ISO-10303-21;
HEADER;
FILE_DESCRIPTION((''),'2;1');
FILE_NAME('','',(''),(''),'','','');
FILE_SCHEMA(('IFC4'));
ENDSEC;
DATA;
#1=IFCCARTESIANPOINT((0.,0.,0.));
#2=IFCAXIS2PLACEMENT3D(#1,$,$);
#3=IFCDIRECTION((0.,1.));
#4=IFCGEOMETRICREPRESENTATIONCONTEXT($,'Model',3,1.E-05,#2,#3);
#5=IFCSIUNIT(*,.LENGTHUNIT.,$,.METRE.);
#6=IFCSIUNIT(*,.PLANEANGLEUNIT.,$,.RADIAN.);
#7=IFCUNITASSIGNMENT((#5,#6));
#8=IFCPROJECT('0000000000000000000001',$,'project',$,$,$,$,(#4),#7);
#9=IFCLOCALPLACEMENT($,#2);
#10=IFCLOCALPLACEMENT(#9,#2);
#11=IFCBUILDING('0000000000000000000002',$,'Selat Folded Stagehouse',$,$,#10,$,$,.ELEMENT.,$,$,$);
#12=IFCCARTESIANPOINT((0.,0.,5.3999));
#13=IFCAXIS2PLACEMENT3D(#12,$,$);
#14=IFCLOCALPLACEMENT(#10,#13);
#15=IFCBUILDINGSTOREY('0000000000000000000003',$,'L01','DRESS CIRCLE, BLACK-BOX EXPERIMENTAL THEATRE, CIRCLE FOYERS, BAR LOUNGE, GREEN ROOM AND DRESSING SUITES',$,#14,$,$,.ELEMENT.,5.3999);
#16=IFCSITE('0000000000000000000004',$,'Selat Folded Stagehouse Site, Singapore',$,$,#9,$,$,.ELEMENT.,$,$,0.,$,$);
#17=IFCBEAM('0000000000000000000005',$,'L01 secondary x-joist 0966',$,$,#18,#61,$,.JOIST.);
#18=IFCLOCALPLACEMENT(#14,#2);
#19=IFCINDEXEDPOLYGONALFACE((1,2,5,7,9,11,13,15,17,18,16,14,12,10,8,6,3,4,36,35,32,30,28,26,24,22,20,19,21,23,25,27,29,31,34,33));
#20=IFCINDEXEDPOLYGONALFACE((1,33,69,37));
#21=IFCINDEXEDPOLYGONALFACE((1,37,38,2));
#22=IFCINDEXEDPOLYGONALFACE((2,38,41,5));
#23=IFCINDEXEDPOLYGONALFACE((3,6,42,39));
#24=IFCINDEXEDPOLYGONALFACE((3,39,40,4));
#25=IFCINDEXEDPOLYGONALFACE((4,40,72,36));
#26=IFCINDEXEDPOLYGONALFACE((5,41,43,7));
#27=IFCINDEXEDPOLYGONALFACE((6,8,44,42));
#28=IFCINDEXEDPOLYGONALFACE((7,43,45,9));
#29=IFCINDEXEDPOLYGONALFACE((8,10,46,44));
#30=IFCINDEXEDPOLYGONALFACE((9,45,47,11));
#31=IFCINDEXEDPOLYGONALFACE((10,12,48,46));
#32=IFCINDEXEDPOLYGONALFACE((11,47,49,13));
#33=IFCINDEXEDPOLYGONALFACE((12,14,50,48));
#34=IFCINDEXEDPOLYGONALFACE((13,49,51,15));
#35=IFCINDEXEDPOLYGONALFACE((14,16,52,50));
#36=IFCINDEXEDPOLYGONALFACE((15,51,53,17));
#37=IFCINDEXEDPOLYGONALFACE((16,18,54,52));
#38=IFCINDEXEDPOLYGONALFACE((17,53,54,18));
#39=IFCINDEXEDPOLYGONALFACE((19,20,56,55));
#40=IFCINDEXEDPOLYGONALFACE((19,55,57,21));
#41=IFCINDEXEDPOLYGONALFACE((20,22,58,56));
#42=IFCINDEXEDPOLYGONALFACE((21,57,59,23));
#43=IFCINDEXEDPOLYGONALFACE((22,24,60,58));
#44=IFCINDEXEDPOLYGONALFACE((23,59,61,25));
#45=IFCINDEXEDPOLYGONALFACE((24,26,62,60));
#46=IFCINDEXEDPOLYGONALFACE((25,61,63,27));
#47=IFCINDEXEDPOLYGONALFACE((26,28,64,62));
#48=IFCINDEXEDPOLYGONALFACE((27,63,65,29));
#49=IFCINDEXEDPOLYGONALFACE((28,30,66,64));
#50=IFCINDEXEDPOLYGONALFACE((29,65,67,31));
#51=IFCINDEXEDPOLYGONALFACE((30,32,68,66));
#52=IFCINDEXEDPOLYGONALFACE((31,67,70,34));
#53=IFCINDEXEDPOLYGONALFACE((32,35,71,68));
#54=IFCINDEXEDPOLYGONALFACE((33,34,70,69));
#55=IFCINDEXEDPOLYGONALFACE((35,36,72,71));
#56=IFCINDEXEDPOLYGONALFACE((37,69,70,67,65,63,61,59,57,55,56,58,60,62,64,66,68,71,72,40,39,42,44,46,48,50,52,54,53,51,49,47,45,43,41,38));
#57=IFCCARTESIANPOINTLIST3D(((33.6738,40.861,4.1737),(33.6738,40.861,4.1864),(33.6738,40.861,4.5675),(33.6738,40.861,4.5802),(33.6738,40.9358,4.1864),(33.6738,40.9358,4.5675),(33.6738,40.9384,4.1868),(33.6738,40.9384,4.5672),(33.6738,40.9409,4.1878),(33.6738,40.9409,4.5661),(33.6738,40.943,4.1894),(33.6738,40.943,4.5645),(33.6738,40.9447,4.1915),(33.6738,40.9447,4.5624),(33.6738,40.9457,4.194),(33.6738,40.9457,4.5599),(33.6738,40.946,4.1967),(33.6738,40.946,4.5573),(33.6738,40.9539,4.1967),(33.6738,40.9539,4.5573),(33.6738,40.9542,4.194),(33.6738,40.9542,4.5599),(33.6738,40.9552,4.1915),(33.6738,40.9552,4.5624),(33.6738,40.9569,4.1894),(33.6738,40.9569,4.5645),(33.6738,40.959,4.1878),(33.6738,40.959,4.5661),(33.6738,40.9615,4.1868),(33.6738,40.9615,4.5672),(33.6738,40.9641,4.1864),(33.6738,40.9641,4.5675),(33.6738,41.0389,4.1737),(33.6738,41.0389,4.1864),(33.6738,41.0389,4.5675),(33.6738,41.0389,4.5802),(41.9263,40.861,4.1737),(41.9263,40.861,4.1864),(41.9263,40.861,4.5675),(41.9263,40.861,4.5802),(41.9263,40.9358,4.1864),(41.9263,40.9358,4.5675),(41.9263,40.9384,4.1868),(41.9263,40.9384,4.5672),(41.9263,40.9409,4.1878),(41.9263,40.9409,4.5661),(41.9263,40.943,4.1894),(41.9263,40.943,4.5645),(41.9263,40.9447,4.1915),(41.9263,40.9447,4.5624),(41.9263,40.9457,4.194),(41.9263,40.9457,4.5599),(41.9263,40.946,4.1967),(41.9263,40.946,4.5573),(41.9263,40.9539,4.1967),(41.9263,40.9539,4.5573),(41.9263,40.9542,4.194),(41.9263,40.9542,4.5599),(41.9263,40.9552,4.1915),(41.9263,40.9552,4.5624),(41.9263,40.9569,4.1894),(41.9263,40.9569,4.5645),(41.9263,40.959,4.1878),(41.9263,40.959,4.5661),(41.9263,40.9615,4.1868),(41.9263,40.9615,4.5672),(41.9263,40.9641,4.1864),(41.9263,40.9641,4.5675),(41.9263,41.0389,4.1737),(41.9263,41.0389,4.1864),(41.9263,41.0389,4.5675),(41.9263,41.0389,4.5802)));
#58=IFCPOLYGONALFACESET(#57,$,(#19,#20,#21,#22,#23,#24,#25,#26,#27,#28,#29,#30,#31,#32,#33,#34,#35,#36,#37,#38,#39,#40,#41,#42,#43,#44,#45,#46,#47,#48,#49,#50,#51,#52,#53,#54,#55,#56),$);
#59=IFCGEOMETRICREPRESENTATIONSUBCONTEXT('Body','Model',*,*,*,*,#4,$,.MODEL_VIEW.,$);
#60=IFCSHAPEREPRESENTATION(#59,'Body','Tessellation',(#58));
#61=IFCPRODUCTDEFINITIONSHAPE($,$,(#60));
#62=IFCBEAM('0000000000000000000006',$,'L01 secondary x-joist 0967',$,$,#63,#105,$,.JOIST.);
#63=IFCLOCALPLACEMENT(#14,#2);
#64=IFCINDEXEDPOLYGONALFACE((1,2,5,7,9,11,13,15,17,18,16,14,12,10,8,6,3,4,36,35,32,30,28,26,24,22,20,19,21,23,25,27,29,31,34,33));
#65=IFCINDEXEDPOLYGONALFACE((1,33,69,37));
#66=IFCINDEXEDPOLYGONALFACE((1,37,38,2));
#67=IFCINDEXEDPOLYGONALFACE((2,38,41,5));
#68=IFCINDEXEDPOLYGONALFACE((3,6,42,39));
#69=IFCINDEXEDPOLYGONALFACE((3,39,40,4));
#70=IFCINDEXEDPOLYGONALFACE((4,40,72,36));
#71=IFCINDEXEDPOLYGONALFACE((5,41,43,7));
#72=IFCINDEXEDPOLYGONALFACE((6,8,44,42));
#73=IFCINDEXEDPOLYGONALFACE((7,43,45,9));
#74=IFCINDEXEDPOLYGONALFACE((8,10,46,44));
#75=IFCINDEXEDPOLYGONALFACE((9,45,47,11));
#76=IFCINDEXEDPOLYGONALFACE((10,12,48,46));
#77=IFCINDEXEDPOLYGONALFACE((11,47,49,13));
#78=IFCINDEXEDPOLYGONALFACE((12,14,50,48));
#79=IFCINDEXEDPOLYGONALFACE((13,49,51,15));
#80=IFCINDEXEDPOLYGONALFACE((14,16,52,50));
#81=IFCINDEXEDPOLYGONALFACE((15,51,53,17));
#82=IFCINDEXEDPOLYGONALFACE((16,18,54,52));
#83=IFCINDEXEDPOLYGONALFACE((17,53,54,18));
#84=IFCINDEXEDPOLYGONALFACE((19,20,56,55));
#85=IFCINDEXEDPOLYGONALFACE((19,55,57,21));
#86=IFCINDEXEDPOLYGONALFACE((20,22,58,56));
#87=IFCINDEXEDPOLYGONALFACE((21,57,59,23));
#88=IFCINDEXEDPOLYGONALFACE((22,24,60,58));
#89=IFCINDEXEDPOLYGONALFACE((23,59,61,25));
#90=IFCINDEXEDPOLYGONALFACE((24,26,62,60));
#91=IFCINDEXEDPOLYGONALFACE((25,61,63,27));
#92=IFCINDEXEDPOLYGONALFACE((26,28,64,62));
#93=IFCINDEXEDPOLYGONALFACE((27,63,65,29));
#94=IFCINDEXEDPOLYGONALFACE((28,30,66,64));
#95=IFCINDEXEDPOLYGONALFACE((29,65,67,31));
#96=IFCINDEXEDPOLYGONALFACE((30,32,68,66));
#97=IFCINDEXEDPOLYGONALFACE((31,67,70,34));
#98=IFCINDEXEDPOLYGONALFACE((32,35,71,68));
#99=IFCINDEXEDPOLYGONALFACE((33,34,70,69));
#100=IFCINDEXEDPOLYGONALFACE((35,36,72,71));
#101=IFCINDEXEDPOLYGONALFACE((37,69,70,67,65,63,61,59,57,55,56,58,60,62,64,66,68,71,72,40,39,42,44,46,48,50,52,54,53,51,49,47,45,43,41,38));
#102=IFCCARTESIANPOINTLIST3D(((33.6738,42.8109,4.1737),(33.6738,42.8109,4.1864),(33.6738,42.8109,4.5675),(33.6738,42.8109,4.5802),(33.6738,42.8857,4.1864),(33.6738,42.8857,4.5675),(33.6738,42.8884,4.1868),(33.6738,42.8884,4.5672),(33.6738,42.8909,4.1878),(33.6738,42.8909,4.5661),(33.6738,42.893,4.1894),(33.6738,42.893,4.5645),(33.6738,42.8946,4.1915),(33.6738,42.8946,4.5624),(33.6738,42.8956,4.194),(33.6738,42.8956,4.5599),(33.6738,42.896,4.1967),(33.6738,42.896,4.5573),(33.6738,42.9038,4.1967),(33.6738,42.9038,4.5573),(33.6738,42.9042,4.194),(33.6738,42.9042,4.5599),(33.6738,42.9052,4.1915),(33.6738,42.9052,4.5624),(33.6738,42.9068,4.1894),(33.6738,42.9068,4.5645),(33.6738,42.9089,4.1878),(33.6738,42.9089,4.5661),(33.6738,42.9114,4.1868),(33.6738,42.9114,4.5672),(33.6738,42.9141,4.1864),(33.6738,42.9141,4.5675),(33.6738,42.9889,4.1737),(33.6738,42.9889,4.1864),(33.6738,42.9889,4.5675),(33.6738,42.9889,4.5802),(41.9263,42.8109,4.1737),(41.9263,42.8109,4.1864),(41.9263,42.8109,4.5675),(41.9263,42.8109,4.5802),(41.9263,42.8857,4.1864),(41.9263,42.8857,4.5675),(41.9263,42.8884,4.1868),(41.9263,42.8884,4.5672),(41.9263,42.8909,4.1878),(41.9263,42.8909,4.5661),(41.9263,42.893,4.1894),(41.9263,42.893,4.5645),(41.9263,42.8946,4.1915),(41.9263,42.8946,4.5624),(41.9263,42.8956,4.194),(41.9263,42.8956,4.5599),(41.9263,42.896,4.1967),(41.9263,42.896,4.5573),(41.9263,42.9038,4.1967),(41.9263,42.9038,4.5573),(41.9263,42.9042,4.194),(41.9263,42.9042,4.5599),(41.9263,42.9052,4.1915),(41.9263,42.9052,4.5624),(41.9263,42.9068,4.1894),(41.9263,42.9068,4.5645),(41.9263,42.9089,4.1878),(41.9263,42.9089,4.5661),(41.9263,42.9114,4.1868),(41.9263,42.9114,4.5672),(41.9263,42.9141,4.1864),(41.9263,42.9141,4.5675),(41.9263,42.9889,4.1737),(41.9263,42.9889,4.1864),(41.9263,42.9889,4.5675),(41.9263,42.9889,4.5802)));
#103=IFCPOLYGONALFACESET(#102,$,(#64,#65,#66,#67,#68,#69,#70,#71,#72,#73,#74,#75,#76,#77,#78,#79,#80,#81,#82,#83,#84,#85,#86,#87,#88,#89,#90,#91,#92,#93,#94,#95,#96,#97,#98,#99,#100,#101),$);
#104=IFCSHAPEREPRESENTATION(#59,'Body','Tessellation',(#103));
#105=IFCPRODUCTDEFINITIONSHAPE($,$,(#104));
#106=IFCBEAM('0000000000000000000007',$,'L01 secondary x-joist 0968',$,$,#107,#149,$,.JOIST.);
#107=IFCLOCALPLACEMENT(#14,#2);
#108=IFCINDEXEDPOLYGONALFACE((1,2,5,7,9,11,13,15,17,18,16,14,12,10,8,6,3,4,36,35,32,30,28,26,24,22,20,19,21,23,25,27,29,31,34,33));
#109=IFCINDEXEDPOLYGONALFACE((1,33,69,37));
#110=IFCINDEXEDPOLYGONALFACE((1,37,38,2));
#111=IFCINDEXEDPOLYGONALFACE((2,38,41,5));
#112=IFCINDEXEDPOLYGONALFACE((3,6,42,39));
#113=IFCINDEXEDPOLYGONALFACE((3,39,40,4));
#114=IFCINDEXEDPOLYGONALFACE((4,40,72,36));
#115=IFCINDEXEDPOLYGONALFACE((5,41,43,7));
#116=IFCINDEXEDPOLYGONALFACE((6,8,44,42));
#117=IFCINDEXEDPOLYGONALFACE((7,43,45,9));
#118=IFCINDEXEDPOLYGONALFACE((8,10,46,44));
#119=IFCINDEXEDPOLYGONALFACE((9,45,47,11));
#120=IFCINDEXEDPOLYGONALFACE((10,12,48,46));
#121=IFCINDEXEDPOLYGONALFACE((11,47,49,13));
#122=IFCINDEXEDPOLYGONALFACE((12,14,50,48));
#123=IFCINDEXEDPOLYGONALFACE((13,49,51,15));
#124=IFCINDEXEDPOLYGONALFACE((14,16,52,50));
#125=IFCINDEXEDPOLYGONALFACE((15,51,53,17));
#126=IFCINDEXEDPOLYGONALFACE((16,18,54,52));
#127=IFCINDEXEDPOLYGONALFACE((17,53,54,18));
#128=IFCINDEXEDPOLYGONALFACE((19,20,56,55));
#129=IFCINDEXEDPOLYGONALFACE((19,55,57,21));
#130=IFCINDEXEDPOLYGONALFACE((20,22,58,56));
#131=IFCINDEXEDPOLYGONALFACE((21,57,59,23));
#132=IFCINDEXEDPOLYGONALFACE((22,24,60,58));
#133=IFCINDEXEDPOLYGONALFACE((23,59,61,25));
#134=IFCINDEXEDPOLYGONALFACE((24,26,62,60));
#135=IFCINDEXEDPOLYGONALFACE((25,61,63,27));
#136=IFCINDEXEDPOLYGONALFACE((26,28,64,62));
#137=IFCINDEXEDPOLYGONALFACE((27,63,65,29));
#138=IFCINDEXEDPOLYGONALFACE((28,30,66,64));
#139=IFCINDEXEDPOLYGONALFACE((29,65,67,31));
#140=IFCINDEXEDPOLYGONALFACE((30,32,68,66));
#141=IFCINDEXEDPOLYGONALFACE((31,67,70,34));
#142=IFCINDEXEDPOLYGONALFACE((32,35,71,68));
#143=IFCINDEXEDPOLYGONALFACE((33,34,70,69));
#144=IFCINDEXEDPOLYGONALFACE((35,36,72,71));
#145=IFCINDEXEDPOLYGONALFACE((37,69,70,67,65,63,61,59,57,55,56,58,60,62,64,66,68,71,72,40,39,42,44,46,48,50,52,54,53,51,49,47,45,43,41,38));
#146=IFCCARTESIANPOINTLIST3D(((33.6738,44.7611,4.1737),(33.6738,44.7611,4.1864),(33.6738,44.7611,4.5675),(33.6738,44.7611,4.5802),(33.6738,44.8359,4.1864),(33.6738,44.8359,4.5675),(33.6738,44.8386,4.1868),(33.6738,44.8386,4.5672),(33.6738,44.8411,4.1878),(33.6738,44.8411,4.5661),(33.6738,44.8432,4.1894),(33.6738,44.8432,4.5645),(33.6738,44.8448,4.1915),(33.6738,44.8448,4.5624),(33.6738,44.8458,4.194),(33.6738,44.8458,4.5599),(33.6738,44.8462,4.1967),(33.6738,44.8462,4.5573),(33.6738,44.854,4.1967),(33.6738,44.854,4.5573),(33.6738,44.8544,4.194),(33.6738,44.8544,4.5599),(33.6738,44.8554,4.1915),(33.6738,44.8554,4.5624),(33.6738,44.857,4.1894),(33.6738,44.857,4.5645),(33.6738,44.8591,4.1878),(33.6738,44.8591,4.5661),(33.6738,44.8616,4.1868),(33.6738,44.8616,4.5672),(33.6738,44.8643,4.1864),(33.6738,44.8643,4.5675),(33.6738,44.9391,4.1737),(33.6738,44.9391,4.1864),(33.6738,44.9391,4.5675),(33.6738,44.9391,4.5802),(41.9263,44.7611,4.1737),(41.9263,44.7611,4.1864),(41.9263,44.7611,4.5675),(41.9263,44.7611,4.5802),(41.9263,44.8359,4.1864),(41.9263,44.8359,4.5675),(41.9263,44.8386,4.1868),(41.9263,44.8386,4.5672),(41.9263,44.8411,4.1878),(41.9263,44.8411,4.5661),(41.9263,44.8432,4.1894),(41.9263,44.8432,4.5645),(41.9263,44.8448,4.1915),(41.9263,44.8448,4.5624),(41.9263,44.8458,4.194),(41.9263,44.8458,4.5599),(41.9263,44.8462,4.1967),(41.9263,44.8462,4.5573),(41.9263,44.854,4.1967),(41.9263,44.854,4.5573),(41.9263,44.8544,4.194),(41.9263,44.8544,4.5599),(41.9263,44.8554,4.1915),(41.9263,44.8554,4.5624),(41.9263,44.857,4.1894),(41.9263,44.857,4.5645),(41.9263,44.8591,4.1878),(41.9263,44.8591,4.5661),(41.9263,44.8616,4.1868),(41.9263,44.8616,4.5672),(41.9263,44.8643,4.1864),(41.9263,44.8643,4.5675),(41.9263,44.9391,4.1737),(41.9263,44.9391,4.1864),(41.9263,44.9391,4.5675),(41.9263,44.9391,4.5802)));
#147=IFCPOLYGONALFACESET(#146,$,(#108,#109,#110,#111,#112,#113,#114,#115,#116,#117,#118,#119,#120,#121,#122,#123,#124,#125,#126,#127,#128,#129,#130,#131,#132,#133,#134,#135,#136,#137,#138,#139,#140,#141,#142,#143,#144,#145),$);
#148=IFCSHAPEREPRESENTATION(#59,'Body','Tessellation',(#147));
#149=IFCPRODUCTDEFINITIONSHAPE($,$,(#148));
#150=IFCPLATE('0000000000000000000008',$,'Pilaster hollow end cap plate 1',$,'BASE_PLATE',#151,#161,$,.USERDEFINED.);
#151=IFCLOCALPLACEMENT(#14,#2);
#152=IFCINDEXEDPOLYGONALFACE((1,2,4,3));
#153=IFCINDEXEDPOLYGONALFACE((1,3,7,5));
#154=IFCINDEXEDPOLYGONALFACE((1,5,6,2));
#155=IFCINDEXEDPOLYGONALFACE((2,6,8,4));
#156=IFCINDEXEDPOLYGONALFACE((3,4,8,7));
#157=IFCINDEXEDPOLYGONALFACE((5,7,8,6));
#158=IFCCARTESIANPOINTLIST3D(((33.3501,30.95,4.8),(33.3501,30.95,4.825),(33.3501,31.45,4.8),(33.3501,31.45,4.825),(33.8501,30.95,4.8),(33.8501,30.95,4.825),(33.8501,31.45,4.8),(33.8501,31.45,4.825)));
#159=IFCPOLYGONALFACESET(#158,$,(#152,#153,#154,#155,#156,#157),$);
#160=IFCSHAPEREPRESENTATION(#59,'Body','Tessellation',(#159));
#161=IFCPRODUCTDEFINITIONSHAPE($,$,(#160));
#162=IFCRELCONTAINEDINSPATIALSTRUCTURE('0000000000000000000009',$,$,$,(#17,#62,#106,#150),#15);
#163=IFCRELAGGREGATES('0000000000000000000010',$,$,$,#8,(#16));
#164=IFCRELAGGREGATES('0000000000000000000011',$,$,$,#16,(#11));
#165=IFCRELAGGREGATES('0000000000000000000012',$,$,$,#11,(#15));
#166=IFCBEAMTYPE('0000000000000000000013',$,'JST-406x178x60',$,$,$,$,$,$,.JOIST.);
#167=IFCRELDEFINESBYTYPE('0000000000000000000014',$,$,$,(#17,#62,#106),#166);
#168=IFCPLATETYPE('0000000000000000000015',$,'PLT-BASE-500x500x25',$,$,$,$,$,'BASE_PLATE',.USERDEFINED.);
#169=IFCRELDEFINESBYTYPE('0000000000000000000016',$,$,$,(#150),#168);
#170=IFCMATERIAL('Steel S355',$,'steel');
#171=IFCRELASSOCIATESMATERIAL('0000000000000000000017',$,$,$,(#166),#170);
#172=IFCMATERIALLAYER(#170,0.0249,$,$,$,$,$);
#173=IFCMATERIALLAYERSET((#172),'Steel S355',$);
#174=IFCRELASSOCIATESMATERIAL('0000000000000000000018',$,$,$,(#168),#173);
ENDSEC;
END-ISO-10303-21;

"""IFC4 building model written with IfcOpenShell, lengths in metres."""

from ifc_helpers import new_model, si_unit, direction, frame, origin, origin_2d, place, context, subcontext, project, spatial, rectangle, i_section, extrude, material, layer, layer_set, material_profile, profile_set, type_object, element, save


model = new_model("IFC4")

# Units and contexts
model_context = context("Model", 3, precision=1e-05, world=origin(), true_north=direction((0.0, 1.0)))
body_context = subcontext(model_context, "Body", "Model", "MODEL_VIEW")
ifc_project = project(units=[si_unit("LENGTHUNIT", "METRE"), si_unit("PLANEANGLEUNIT", "RADIAN")], contexts=[model_context])

# Site, building, storey
site_placement = place(None, origin())
site = spatial("IfcSite", under=ifc_project, at=site_placement, Name="Selat Folded Stagehouse Site, Singapore", CompositionType="ELEMENT", RefElevation=0.0)
building_placement = place(site_placement, origin())
building = spatial("IfcBuilding", under=site, at=building_placement, Name="Selat Folded Stagehouse", CompositionType="ELEMENT")
storey_placement = place(building_placement, frame((0.0, 0.0, 5.3999)))
storey = spatial("IfcBuildingStorey", under=building, at=storey_placement, Name="L01", Description="DRESS CIRCLE, BLACK-BOX EXPERIMENTAL THEATRE, CIRCLE FOYERS, BAR LOUNGE, GREEN ROOM AND DRESSING SUITES", CompositionType="ELEMENT", Elevation=5.3999)

# Shared definitions
ifc_material_1 = material(Name="Steel S355", Category="steel")

# Beams
ifc_material_profile_1 = material_profile(ifc_material_1, i_section(OverallWidth=0.178, OverallDepth=0.4065, WebThickness=0.0078, FlangeThickness=0.0127, FilletRadius=0.0103, at=origin_2d()), Name="UKB 406x178x60")
ifc_profile_set_1 = profile_set([ifc_material_profile_1], Name="Steel S355")
beam_type_1 = type_object("IfcBeamType", Name="JST-406x178x60", PredefinedType="JOIST", material=ifc_profile_set_1)
for number, where, z_axis, x_axis, name in (
    (1, (33.6738, 40.95, 4.377), (1.0, 0.0, 0.0), (0.0, 1.0, 0.0), "L01 secondary x-joist 0966"),
    (2, (33.6738, 42.8999, 4.377), (1.0, 0.0, 0.0), (0.0, 1.0, 0.0), "L01 secondary x-joist 0967"),
    (3, (33.6738, 44.8501, 4.377), (1.0, 0.0, 0.0), (0.0, 1.0, 0.0), "L01 secondary x-joist 0968"),
):
    element("IfcBeam", number, at=place(storey_placement, frame(where, z_axis=z_axis, x_axis=x_axis)), inside=storey, type_object=beam_type_1, Name=name, PredefinedType="JOIST", context=body_context, shape_type="SweptSolid", body=[
        extrude(i_section(OverallWidth=0.178, OverallDepth=0.4065, WebThickness=0.0078, FlangeThickness=0.0127, FilletRadius=0.0103, at=origin_2d()), origin(), (0.0, 0.0, 1.0), 8.2524),
    ])

# Plate
ifc_layer_1 = layer(ifc_material_1, 0.0249)
ifc_layer_set_1 = layer_set([ifc_layer_1], Name="Steel S355")
plate_type = type_object("IfcPlateType", Name="PLT-BASE-500x500x25", ElementType="BASE_PLATE", PredefinedType="USERDEFINED", material=ifc_layer_set_1)
plate_placement = place(storey_placement, frame((33.6001, 31.2, 4.8), z_axis=(0.0, 0.0, 1.0), x_axis=(1.0, 0.0, 0.0)))
element("IfcPlate", 4, at=plate_placement, inside=storey, type_object=plate_type, Name="Pilaster hollow end cap plate 1", ObjectType="BASE_PLATE", PredefinedType="USERDEFINED", context=body_context, shape_type="SweptSolid", body=[
    extrude(rectangle(XDim=0.5, YDim=0.5, at=origin_2d()), origin(), (0.0, 0.0, 1.0), 0.0249),
])

save(model, "model.ifc")
